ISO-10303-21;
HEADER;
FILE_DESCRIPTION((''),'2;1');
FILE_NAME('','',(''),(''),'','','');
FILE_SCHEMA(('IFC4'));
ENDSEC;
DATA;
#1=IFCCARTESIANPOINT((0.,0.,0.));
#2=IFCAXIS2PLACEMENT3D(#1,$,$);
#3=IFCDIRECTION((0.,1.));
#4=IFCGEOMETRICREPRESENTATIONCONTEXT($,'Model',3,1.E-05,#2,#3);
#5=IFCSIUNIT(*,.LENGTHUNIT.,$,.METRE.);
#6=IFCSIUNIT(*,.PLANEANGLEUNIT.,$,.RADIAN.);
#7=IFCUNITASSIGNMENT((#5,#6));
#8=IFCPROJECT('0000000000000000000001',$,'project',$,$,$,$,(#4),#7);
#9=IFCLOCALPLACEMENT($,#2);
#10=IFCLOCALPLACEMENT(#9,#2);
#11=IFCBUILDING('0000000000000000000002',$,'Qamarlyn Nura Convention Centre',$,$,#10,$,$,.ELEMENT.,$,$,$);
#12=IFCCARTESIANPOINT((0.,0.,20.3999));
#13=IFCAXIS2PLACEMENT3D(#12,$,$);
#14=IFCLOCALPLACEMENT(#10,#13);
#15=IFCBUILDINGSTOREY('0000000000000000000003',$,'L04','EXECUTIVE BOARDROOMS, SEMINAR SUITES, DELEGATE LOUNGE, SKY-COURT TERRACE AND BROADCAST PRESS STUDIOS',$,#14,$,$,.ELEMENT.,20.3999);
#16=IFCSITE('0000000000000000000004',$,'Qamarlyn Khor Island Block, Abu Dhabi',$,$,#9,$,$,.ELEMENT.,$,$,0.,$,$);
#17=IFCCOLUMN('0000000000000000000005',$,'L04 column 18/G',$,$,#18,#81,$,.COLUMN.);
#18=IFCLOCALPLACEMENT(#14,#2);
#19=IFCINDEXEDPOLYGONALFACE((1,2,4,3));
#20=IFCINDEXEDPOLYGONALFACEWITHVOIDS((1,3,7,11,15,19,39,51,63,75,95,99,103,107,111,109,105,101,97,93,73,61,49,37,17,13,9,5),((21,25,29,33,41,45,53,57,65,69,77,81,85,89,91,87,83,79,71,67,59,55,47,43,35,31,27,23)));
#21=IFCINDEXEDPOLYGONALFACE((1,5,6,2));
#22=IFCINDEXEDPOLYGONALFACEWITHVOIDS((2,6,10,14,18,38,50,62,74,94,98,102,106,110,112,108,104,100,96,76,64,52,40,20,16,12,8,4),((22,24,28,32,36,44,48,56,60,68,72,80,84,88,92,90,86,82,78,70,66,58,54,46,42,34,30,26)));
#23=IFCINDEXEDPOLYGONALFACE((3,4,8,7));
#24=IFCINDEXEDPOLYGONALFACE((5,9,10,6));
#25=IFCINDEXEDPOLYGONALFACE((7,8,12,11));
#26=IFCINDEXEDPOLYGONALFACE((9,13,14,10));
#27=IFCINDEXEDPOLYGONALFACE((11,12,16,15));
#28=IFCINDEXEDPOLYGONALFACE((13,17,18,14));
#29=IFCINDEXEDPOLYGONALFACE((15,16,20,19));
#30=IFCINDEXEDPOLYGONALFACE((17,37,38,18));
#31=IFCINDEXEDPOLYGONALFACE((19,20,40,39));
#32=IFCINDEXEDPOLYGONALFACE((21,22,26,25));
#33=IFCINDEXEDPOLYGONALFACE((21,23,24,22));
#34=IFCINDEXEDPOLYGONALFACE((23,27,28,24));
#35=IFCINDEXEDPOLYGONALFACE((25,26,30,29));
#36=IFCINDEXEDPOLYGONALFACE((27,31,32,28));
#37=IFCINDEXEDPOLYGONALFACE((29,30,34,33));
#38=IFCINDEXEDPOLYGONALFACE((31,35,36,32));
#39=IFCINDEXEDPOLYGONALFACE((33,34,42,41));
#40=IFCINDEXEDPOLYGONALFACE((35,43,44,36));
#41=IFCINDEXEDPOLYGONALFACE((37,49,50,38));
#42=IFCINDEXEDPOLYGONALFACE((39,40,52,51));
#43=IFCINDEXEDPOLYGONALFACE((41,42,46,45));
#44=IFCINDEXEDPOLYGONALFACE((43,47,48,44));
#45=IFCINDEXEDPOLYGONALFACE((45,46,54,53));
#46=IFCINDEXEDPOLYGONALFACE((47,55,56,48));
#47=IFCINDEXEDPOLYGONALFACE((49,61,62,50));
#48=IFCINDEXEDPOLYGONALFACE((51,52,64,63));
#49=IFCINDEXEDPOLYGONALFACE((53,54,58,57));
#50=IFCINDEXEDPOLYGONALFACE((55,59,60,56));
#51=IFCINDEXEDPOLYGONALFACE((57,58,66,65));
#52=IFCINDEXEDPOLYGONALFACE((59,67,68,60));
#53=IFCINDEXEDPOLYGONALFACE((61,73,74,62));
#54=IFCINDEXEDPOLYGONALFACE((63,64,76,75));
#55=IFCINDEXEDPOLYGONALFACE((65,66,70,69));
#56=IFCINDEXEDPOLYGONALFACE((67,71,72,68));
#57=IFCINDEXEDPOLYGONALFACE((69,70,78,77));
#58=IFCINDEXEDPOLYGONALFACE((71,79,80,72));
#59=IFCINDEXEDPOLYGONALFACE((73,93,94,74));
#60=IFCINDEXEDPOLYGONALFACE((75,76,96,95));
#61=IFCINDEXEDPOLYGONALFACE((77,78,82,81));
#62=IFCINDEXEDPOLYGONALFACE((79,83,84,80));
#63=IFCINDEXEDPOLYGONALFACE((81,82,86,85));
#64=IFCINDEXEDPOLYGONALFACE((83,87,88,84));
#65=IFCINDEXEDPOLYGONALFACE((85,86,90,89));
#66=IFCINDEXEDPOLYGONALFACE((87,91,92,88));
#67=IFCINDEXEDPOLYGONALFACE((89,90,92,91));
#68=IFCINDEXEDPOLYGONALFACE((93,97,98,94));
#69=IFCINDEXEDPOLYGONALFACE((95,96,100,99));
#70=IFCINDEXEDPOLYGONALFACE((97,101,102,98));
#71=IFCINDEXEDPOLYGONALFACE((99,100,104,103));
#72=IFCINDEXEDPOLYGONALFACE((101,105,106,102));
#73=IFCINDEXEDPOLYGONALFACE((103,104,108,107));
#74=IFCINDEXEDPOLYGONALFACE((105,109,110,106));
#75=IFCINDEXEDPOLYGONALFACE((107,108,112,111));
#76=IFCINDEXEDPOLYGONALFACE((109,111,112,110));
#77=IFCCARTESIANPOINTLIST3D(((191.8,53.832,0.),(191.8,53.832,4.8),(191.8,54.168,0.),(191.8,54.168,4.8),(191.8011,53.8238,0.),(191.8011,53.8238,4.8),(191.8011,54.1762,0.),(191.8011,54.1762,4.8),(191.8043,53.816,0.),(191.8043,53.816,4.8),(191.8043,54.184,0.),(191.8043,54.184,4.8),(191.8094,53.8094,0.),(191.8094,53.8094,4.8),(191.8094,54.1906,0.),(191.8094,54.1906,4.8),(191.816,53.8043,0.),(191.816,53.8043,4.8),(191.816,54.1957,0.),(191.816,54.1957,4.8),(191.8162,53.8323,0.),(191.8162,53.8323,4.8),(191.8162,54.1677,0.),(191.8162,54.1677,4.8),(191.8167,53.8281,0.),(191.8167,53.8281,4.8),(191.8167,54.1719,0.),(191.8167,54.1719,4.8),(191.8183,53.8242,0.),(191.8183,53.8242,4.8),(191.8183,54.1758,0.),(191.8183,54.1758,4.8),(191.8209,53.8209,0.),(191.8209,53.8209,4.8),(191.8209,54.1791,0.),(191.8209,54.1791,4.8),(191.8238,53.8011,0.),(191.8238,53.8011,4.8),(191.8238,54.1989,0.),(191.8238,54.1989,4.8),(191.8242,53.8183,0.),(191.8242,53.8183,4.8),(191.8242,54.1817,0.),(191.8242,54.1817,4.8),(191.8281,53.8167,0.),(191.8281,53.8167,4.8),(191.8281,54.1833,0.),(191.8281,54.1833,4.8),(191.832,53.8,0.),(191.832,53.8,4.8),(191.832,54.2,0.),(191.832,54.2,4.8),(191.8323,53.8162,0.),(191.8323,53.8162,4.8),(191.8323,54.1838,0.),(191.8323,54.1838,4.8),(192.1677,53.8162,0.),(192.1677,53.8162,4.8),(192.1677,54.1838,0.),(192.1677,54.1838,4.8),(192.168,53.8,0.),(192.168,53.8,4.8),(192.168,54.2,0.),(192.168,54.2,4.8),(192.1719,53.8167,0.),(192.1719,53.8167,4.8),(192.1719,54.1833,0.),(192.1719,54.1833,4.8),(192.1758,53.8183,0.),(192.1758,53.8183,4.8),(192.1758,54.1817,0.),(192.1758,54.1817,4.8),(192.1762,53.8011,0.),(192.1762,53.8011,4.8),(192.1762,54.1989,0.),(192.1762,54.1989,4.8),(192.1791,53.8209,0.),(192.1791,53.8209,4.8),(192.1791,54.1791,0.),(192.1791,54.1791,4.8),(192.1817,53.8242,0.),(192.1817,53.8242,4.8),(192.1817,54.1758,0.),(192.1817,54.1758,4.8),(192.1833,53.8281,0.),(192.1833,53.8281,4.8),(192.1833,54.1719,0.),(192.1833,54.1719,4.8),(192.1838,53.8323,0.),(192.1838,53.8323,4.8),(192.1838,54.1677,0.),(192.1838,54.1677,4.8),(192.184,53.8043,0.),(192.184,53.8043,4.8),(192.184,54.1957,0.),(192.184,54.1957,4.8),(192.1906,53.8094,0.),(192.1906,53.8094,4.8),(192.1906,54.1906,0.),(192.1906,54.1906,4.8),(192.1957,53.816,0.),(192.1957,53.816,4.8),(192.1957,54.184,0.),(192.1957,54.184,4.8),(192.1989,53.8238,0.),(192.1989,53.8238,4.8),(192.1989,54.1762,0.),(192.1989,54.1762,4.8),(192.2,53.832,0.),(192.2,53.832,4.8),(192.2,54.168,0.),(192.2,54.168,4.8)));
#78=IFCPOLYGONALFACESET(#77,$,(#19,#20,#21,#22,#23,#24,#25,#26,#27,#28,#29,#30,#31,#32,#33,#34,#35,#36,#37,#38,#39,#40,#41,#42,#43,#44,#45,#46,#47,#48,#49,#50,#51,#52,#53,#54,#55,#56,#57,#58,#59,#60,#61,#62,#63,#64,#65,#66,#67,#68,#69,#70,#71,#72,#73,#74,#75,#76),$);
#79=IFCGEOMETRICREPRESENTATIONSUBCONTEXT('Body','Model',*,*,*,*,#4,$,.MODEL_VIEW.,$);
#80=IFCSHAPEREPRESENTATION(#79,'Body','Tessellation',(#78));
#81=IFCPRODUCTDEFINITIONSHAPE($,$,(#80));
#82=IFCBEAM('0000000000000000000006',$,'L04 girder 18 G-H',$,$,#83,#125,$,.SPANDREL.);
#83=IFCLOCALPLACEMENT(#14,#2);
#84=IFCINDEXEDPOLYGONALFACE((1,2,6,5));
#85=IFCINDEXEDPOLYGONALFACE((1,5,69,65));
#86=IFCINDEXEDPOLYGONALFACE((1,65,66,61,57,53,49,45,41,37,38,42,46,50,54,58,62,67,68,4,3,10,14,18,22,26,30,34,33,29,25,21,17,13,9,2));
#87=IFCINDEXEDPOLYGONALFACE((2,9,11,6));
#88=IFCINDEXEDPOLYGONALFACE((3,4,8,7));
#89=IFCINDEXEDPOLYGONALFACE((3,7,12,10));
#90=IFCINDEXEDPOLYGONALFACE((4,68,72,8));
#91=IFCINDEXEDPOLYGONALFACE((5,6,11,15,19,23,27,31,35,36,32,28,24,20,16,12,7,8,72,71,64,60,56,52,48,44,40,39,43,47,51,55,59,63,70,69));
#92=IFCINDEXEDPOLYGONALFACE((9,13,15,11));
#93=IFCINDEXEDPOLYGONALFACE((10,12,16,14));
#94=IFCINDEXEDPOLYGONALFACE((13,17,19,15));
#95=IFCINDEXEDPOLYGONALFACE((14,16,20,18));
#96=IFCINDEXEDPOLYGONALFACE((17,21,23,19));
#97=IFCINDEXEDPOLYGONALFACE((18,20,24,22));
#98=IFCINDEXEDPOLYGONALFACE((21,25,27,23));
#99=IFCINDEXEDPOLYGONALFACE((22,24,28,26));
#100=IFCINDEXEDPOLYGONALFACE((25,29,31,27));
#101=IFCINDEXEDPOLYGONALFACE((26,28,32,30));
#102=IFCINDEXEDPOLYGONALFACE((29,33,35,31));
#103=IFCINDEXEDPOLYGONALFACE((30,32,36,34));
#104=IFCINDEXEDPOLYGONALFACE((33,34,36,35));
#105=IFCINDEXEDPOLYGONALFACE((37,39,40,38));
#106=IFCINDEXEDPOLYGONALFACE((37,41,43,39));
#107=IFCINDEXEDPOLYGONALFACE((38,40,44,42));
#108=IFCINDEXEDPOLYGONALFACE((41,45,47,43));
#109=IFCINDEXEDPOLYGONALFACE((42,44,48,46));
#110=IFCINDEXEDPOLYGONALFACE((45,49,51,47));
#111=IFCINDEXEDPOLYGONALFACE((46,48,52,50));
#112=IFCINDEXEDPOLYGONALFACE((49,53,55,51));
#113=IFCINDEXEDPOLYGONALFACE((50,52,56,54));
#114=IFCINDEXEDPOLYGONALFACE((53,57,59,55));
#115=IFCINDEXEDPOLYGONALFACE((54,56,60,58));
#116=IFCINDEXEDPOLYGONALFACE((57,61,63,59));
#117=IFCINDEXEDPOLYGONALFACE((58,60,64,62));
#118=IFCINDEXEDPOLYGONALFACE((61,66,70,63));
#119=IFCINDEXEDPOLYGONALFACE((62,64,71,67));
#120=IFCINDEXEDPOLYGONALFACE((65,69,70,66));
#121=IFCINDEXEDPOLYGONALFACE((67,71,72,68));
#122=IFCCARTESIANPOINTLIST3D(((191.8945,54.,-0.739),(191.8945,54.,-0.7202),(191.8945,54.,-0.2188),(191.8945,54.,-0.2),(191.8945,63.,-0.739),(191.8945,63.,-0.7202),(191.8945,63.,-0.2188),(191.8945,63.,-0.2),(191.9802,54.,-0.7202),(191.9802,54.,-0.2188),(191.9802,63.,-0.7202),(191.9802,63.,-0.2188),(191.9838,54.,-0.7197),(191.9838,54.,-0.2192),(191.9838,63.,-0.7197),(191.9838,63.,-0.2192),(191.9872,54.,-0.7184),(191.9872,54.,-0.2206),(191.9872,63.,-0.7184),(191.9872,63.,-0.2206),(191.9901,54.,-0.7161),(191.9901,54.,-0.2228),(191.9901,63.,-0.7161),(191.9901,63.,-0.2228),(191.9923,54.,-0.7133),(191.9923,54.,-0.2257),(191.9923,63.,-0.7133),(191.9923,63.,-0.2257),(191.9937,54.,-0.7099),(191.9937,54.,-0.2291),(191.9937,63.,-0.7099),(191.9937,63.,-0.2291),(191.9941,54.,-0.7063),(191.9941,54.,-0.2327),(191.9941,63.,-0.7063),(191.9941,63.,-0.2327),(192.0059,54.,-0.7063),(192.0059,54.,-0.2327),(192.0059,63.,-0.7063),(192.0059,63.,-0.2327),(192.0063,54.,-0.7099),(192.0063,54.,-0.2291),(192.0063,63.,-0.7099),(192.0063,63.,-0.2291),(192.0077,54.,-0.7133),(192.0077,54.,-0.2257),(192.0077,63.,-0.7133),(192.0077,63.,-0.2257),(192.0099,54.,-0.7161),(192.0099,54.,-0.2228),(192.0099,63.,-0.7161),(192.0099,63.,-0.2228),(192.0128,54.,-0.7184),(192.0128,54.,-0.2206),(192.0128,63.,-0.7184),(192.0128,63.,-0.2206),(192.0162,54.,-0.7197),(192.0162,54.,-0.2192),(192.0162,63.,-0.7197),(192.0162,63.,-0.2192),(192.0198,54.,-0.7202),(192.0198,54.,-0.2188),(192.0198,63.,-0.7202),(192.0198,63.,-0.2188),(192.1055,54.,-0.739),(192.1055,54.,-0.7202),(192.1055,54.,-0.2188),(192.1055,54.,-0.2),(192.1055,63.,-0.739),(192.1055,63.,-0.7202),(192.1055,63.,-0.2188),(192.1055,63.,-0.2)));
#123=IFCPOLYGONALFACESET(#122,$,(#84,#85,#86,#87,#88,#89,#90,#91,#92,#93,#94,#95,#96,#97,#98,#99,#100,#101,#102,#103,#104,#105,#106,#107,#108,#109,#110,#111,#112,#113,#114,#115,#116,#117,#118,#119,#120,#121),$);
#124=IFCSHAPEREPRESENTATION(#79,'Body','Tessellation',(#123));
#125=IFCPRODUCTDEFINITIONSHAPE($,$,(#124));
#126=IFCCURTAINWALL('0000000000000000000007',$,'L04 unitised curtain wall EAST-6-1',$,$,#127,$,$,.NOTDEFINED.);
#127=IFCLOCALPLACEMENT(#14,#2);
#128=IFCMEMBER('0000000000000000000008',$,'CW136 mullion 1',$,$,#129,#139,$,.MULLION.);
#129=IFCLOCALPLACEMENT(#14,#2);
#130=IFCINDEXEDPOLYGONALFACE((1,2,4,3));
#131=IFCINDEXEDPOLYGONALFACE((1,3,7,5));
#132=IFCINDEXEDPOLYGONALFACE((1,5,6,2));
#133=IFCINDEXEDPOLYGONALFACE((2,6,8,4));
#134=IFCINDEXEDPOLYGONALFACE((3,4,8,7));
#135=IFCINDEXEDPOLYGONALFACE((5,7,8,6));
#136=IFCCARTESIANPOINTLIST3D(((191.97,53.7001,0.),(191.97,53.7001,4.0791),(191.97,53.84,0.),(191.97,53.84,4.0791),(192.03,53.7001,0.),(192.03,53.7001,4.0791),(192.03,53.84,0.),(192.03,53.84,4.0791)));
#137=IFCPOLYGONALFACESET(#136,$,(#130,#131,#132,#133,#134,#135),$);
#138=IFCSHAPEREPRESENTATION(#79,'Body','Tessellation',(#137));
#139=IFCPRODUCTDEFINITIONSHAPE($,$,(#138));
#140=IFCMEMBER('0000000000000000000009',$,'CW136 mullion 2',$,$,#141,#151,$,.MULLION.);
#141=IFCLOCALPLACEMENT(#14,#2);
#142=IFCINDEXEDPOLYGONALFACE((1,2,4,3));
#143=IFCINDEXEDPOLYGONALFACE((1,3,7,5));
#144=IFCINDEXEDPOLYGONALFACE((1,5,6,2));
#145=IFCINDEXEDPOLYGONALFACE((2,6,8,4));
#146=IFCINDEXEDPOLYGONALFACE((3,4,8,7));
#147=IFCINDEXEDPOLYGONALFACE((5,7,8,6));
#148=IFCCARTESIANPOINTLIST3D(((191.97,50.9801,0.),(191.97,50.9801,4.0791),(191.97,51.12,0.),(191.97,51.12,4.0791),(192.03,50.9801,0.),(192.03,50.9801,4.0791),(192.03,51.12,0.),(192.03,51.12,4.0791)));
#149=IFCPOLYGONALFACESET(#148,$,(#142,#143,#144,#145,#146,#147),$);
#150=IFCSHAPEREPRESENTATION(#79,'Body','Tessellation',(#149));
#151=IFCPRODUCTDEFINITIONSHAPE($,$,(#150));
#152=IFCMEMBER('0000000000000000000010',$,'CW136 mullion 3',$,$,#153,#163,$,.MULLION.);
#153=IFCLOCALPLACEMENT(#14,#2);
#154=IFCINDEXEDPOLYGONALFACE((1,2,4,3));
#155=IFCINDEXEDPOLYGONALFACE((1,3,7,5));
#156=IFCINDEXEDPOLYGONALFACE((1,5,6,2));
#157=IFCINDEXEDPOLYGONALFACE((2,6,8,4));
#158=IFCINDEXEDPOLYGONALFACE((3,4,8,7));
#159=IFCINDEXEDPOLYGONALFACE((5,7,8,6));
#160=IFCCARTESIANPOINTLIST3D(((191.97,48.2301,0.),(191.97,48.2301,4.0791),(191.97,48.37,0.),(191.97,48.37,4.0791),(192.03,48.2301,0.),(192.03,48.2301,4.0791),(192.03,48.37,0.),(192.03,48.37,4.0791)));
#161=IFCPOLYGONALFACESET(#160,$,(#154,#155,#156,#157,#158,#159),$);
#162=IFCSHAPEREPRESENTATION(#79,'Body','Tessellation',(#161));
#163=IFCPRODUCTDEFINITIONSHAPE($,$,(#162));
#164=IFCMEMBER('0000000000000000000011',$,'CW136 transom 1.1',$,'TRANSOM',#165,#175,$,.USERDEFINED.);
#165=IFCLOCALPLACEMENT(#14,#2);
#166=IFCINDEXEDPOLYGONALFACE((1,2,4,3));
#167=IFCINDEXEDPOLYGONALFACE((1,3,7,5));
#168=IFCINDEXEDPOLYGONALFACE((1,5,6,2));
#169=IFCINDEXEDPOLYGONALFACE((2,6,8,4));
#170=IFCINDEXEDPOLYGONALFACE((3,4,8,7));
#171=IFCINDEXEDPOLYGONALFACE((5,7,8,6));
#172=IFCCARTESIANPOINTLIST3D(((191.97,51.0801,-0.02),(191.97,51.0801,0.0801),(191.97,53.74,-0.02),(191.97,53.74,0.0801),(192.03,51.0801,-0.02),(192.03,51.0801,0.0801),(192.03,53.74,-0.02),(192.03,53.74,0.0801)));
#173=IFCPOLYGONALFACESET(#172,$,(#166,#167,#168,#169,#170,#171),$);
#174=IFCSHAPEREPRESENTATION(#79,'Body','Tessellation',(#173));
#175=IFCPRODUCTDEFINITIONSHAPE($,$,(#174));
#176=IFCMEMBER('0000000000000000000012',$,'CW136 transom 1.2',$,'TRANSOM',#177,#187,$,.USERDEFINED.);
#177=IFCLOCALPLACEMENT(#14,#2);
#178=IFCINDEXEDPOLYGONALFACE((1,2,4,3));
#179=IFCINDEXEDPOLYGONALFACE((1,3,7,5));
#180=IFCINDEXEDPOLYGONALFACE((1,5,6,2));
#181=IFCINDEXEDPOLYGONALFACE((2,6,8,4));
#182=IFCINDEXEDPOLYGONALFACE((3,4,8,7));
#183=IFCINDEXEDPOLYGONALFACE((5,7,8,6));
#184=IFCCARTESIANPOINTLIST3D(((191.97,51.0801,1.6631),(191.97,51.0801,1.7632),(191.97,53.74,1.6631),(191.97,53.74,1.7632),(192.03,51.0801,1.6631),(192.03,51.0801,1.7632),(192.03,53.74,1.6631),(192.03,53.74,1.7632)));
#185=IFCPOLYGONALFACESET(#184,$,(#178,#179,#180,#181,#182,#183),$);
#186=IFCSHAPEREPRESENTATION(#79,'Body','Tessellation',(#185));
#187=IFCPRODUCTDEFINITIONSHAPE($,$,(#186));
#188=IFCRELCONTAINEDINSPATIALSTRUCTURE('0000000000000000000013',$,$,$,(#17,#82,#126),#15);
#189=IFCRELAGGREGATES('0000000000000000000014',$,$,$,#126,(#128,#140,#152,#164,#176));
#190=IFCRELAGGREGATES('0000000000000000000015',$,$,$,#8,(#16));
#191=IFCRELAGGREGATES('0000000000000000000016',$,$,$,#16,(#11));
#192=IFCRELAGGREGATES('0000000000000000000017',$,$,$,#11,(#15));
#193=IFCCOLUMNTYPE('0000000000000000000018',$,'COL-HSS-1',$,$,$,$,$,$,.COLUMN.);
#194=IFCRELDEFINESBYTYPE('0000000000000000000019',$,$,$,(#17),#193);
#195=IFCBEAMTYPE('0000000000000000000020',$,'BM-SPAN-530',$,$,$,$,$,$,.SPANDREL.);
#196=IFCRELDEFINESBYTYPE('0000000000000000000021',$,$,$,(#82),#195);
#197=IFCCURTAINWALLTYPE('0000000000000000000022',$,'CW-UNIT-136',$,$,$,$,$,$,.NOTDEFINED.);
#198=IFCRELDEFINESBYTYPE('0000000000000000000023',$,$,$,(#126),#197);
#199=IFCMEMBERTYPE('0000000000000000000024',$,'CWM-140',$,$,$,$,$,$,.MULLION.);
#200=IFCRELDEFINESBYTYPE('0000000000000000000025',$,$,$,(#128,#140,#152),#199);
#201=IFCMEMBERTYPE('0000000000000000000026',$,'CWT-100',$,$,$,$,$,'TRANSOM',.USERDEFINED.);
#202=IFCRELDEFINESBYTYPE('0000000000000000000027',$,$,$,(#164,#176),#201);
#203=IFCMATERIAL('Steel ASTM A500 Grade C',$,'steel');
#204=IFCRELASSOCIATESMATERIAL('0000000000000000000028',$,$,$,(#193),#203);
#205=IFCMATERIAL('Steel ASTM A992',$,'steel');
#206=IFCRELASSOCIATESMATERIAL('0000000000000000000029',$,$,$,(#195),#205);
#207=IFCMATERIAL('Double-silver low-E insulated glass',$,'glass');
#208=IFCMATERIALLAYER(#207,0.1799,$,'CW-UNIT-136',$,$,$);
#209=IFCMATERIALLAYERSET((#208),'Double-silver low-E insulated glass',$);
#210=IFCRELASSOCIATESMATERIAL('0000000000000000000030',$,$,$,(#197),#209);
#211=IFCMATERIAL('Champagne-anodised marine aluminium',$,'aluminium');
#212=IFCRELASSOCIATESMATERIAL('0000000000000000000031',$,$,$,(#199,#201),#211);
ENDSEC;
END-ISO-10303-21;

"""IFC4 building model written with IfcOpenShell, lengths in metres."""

from ifc_helpers import new_model, si_unit, direction, frame, origin, origin_2d, place, context, subcontext, project, spatial, rectangle, hollow_rectangle, i_section, extrude, material, layer, layer_set, material_profile, profile_set, type_object, element, aggregate, save


model = new_model("IFC4")

# Units and contexts
model_context = context("Model", 3, precision=1e-05, world=origin(), true_north=direction((0.0, 1.0)))
body_context = subcontext(model_context, "Body", "Model", "MODEL_VIEW")
ifc_project = project(units=[si_unit("LENGTHUNIT", "METRE"), si_unit("PLANEANGLEUNIT", "RADIAN")], contexts=[model_context])

# Site, building, storey
site_placement = place(None, origin())
site = spatial("IfcSite", under=ifc_project, at=site_placement, Name="Qamarlyn Khor Island Block, Abu Dhabi", CompositionType="ELEMENT", RefElevation=0.0)
building_placement = place(site_placement, origin())
building = spatial("IfcBuilding", under=site, at=building_placement, Name="Qamarlyn Nura Convention Centre", CompositionType="ELEMENT")
storey_placement = place(building_placement, frame((0.0, 0.0, 20.3999)))
storey = spatial("IfcBuildingStorey", under=building, at=storey_placement, Name="L04", Description="EXECUTIVE BOARDROOMS, SEMINAR SUITES, DELEGATE LOUNGE, SKY-COURT TERRACE AND BROADCAST PRESS STUDIOS", CompositionType="ELEMENT", Elevation=20.3999)

# Column
ifc_material_1 = material(Name="Steel ASTM A500 Grade C", Category="steel")
ifc_material_profile_1 = material_profile(ifc_material_1, hollow_rectangle(XDim=0.3999, YDim=0.3999, WallThickness=0.0161, InnerFilletRadius=0.0161, OuterFilletRadius=0.032, at=origin_2d()), Name="HSS400X400X16")
ifc_profile_set_1 = profile_set([ifc_material_profile_1], Name="Steel ASTM A500 Grade C")
column_type = type_object("IfcColumnType", Name="COL-HSS-1", PredefinedType="COLUMN", material=ifc_profile_set_1)
column_placement = place(storey_placement, frame((192.0, 54.0, 0.0), z_axis=(0.0, 0.0, 1.0), x_axis=(1.0, 0.0, 0.0)))
element("IfcColumn", 1, at=column_placement, inside=storey, type_object=column_type, Name="L04 column 18/G", PredefinedType="COLUMN", context=body_context, shape_type="SweptSolid", body=[
    extrude(hollow_rectangle(XDim=0.3999, YDim=0.3999, WallThickness=0.0161, InnerFilletRadius=0.0161, OuterFilletRadius=0.032, at=origin_2d()), origin(), (0.0, 0.0, 1.0), 4.8),
])

# Beam
ifc_material_2 = material(Name="Steel ASTM A992", Category="steel")
ifc_material_profile_2 = material_profile(ifc_material_2, i_section(OverallWidth=0.2109, OverallDepth=0.5391, WebThickness=0.0117, FlangeThickness=0.0188, FilletRadius=0.0139, at=origin_2d()), Name="W530X109")
ifc_profile_set_2 = profile_set([ifc_material_profile_2], Name="Steel ASTM A992")
beam_type = type_object("IfcBeamType", Name="BM-SPAN-530", PredefinedType="SPANDREL", material=ifc_profile_set_2)
beam_placement = place(storey_placement, frame((192.0, 54.0, -0.4695), z_axis=(0.0, 1.0, 0.0), x_axis=(-1.0, 0.0, 0.0)))
element("IfcBeam", 2, at=beam_placement, inside=storey, type_object=beam_type, Name="L04 girder 18 G-H", PredefinedType="SPANDREL", context=body_context, shape_type="SweptSolid", body=[
    extrude(i_section(OverallWidth=0.2109, OverallDepth=0.5391, WebThickness=0.0117, FlangeThickness=0.0188, FilletRadius=0.0139, at=origin_2d()), origin(), (0.0, 0.0, 1.0), 9.0),
])

# Curtain wall, members
ifc_material_3 = material(Name="Double-silver low-E insulated glass", Category="glass")
ifc_layer_1 = layer(ifc_material_3, 0.1799, Name="CW-UNIT-136")
ifc_layer_set_1 = layer_set([ifc_layer_1], Name="Double-silver low-E insulated glass")
curtain_wall_type = type_object("IfcCurtainWallType", Name="CW-UNIT-136", PredefinedType="NOTDEFINED", material=ifc_layer_set_1)
curtain_wall_placement = place(storey_placement, origin())
curtain_wall = element("IfcCurtainWall", 3, at=curtain_wall_placement, inside=storey, type_object=curtain_wall_type, Name="L04 unitised curtain wall EAST-6-1", PredefinedType="NOTDEFINED")
ifc_material_4 = material(Name="Champagne-anodised marine aluminium", Category="aluminium")
ifc_material_profile_3 = material_profile(ifc_material_4, rectangle(XDim=0.0601, YDim=0.1399, at=origin_2d()), Name="ALU MULLION 60x140")
ifc_profile_set_3 = profile_set([ifc_material_profile_3], Name="Champagne-anodised marine aluminium")
member_type_1 = type_object("IfcMemberType", Name="CWM-140", PredefinedType="MULLION", material=ifc_profile_set_3)
member_1_placement = place(storey_placement, frame((192.0, 53.77, 0.0), z_axis=(0.0, 0.0, 1.0), x_axis=(1.0, 0.0, 0.0)))
member_1 = element("IfcMember", 4, at=member_1_placement, type_object=member_type_1, Name="CW136 mullion 1", PredefinedType="MULLION", context=body_context, shape_type="SweptSolid", body=[
    extrude(rectangle(XDim=0.0601, YDim=0.1399, at=origin_2d()), origin(), (0.0, 0.0, 1.0), 4.0791),
])
member_2_placement = place(storey_placement, frame((192.0, 51.05, 0.0), z_axis=(0.0, 0.0, 1.0), x_axis=(1.0, 0.0, 0.0)))
member_2 = element("IfcMember", 5, at=member_2_placement, type_object=member_type_1, Name="CW136 mullion 2", PredefinedType="MULLION", context=body_context, shape_type="SweptSolid", body=[
    extrude(rectangle(XDim=0.0601, YDim=0.1399, at=origin_2d()), origin(), (0.0, 0.0, 1.0), 4.0791),
])
member_3_placement = place(storey_placement, frame((192.0, 48.3, 0.0), z_axis=(0.0, 0.0, 1.0), x_axis=(1.0, 0.0, 0.0)))
member_3 = element("IfcMember", 6, at=member_3_placement, type_object=member_type_1, Name="CW136 mullion 3", PredefinedType="MULLION", context=body_context, shape_type="SweptSolid", body=[
    extrude(rectangle(XDim=0.0601, YDim=0.1399, at=origin_2d()), origin(), (0.0, 0.0, 1.0), 4.0791),
])
ifc_material_profile_4 = material_profile(ifc_material_4, rectangle(XDim=0.0601, YDim=0.1001, at=origin_2d()), Name="ALU TRANSOM 60x100")
ifc_profile_set_4 = profile_set([ifc_material_profile_4], Name="Champagne-anodised marine aluminium")
member_type_2 = type_object("IfcMemberType", Name="CWT-100", ElementType="TRANSOM", PredefinedType="USERDEFINED", material=ifc_profile_set_4)
member_4_placement = place(storey_placement, frame((192.0, 53.74, 0.03), z_axis=(0.0, -1.0, 0.0), x_axis=(1.0, 0.0, 0.0)))
member_4 = element("IfcMember", 7, at=member_4_placement, type_object=member_type_2, Name="CW136 transom 1.1", ObjectType="TRANSOM", PredefinedType="USERDEFINED", context=body_context, shape_type="SweptSolid", body=[
    extrude(rectangle(XDim=0.0601, YDim=0.1001, at=origin_2d()), origin(), (0.0, 0.0, 1.0), 2.6599),
])
member_5_placement = place(storey_placement, frame((192.0, 53.74, 1.7131), z_axis=(0.0, -1.0, 0.0), x_axis=(1.0, 0.0, 0.0)))
member_5 = element("IfcMember", 8, at=member_5_placement, type_object=member_type_2, Name="CW136 transom 1.2", ObjectType="TRANSOM", PredefinedType="USERDEFINED", context=body_context, shape_type="SweptSolid", body=[
    extrude(rectangle(XDim=0.0601, YDim=0.1001, at=origin_2d()), origin(), (0.0, 0.0, 1.0), 2.6599),
])
aggregate(curtain_wall, [member_1, member_2, member_3, member_4, member_5])

save(model, "model.ifc")
